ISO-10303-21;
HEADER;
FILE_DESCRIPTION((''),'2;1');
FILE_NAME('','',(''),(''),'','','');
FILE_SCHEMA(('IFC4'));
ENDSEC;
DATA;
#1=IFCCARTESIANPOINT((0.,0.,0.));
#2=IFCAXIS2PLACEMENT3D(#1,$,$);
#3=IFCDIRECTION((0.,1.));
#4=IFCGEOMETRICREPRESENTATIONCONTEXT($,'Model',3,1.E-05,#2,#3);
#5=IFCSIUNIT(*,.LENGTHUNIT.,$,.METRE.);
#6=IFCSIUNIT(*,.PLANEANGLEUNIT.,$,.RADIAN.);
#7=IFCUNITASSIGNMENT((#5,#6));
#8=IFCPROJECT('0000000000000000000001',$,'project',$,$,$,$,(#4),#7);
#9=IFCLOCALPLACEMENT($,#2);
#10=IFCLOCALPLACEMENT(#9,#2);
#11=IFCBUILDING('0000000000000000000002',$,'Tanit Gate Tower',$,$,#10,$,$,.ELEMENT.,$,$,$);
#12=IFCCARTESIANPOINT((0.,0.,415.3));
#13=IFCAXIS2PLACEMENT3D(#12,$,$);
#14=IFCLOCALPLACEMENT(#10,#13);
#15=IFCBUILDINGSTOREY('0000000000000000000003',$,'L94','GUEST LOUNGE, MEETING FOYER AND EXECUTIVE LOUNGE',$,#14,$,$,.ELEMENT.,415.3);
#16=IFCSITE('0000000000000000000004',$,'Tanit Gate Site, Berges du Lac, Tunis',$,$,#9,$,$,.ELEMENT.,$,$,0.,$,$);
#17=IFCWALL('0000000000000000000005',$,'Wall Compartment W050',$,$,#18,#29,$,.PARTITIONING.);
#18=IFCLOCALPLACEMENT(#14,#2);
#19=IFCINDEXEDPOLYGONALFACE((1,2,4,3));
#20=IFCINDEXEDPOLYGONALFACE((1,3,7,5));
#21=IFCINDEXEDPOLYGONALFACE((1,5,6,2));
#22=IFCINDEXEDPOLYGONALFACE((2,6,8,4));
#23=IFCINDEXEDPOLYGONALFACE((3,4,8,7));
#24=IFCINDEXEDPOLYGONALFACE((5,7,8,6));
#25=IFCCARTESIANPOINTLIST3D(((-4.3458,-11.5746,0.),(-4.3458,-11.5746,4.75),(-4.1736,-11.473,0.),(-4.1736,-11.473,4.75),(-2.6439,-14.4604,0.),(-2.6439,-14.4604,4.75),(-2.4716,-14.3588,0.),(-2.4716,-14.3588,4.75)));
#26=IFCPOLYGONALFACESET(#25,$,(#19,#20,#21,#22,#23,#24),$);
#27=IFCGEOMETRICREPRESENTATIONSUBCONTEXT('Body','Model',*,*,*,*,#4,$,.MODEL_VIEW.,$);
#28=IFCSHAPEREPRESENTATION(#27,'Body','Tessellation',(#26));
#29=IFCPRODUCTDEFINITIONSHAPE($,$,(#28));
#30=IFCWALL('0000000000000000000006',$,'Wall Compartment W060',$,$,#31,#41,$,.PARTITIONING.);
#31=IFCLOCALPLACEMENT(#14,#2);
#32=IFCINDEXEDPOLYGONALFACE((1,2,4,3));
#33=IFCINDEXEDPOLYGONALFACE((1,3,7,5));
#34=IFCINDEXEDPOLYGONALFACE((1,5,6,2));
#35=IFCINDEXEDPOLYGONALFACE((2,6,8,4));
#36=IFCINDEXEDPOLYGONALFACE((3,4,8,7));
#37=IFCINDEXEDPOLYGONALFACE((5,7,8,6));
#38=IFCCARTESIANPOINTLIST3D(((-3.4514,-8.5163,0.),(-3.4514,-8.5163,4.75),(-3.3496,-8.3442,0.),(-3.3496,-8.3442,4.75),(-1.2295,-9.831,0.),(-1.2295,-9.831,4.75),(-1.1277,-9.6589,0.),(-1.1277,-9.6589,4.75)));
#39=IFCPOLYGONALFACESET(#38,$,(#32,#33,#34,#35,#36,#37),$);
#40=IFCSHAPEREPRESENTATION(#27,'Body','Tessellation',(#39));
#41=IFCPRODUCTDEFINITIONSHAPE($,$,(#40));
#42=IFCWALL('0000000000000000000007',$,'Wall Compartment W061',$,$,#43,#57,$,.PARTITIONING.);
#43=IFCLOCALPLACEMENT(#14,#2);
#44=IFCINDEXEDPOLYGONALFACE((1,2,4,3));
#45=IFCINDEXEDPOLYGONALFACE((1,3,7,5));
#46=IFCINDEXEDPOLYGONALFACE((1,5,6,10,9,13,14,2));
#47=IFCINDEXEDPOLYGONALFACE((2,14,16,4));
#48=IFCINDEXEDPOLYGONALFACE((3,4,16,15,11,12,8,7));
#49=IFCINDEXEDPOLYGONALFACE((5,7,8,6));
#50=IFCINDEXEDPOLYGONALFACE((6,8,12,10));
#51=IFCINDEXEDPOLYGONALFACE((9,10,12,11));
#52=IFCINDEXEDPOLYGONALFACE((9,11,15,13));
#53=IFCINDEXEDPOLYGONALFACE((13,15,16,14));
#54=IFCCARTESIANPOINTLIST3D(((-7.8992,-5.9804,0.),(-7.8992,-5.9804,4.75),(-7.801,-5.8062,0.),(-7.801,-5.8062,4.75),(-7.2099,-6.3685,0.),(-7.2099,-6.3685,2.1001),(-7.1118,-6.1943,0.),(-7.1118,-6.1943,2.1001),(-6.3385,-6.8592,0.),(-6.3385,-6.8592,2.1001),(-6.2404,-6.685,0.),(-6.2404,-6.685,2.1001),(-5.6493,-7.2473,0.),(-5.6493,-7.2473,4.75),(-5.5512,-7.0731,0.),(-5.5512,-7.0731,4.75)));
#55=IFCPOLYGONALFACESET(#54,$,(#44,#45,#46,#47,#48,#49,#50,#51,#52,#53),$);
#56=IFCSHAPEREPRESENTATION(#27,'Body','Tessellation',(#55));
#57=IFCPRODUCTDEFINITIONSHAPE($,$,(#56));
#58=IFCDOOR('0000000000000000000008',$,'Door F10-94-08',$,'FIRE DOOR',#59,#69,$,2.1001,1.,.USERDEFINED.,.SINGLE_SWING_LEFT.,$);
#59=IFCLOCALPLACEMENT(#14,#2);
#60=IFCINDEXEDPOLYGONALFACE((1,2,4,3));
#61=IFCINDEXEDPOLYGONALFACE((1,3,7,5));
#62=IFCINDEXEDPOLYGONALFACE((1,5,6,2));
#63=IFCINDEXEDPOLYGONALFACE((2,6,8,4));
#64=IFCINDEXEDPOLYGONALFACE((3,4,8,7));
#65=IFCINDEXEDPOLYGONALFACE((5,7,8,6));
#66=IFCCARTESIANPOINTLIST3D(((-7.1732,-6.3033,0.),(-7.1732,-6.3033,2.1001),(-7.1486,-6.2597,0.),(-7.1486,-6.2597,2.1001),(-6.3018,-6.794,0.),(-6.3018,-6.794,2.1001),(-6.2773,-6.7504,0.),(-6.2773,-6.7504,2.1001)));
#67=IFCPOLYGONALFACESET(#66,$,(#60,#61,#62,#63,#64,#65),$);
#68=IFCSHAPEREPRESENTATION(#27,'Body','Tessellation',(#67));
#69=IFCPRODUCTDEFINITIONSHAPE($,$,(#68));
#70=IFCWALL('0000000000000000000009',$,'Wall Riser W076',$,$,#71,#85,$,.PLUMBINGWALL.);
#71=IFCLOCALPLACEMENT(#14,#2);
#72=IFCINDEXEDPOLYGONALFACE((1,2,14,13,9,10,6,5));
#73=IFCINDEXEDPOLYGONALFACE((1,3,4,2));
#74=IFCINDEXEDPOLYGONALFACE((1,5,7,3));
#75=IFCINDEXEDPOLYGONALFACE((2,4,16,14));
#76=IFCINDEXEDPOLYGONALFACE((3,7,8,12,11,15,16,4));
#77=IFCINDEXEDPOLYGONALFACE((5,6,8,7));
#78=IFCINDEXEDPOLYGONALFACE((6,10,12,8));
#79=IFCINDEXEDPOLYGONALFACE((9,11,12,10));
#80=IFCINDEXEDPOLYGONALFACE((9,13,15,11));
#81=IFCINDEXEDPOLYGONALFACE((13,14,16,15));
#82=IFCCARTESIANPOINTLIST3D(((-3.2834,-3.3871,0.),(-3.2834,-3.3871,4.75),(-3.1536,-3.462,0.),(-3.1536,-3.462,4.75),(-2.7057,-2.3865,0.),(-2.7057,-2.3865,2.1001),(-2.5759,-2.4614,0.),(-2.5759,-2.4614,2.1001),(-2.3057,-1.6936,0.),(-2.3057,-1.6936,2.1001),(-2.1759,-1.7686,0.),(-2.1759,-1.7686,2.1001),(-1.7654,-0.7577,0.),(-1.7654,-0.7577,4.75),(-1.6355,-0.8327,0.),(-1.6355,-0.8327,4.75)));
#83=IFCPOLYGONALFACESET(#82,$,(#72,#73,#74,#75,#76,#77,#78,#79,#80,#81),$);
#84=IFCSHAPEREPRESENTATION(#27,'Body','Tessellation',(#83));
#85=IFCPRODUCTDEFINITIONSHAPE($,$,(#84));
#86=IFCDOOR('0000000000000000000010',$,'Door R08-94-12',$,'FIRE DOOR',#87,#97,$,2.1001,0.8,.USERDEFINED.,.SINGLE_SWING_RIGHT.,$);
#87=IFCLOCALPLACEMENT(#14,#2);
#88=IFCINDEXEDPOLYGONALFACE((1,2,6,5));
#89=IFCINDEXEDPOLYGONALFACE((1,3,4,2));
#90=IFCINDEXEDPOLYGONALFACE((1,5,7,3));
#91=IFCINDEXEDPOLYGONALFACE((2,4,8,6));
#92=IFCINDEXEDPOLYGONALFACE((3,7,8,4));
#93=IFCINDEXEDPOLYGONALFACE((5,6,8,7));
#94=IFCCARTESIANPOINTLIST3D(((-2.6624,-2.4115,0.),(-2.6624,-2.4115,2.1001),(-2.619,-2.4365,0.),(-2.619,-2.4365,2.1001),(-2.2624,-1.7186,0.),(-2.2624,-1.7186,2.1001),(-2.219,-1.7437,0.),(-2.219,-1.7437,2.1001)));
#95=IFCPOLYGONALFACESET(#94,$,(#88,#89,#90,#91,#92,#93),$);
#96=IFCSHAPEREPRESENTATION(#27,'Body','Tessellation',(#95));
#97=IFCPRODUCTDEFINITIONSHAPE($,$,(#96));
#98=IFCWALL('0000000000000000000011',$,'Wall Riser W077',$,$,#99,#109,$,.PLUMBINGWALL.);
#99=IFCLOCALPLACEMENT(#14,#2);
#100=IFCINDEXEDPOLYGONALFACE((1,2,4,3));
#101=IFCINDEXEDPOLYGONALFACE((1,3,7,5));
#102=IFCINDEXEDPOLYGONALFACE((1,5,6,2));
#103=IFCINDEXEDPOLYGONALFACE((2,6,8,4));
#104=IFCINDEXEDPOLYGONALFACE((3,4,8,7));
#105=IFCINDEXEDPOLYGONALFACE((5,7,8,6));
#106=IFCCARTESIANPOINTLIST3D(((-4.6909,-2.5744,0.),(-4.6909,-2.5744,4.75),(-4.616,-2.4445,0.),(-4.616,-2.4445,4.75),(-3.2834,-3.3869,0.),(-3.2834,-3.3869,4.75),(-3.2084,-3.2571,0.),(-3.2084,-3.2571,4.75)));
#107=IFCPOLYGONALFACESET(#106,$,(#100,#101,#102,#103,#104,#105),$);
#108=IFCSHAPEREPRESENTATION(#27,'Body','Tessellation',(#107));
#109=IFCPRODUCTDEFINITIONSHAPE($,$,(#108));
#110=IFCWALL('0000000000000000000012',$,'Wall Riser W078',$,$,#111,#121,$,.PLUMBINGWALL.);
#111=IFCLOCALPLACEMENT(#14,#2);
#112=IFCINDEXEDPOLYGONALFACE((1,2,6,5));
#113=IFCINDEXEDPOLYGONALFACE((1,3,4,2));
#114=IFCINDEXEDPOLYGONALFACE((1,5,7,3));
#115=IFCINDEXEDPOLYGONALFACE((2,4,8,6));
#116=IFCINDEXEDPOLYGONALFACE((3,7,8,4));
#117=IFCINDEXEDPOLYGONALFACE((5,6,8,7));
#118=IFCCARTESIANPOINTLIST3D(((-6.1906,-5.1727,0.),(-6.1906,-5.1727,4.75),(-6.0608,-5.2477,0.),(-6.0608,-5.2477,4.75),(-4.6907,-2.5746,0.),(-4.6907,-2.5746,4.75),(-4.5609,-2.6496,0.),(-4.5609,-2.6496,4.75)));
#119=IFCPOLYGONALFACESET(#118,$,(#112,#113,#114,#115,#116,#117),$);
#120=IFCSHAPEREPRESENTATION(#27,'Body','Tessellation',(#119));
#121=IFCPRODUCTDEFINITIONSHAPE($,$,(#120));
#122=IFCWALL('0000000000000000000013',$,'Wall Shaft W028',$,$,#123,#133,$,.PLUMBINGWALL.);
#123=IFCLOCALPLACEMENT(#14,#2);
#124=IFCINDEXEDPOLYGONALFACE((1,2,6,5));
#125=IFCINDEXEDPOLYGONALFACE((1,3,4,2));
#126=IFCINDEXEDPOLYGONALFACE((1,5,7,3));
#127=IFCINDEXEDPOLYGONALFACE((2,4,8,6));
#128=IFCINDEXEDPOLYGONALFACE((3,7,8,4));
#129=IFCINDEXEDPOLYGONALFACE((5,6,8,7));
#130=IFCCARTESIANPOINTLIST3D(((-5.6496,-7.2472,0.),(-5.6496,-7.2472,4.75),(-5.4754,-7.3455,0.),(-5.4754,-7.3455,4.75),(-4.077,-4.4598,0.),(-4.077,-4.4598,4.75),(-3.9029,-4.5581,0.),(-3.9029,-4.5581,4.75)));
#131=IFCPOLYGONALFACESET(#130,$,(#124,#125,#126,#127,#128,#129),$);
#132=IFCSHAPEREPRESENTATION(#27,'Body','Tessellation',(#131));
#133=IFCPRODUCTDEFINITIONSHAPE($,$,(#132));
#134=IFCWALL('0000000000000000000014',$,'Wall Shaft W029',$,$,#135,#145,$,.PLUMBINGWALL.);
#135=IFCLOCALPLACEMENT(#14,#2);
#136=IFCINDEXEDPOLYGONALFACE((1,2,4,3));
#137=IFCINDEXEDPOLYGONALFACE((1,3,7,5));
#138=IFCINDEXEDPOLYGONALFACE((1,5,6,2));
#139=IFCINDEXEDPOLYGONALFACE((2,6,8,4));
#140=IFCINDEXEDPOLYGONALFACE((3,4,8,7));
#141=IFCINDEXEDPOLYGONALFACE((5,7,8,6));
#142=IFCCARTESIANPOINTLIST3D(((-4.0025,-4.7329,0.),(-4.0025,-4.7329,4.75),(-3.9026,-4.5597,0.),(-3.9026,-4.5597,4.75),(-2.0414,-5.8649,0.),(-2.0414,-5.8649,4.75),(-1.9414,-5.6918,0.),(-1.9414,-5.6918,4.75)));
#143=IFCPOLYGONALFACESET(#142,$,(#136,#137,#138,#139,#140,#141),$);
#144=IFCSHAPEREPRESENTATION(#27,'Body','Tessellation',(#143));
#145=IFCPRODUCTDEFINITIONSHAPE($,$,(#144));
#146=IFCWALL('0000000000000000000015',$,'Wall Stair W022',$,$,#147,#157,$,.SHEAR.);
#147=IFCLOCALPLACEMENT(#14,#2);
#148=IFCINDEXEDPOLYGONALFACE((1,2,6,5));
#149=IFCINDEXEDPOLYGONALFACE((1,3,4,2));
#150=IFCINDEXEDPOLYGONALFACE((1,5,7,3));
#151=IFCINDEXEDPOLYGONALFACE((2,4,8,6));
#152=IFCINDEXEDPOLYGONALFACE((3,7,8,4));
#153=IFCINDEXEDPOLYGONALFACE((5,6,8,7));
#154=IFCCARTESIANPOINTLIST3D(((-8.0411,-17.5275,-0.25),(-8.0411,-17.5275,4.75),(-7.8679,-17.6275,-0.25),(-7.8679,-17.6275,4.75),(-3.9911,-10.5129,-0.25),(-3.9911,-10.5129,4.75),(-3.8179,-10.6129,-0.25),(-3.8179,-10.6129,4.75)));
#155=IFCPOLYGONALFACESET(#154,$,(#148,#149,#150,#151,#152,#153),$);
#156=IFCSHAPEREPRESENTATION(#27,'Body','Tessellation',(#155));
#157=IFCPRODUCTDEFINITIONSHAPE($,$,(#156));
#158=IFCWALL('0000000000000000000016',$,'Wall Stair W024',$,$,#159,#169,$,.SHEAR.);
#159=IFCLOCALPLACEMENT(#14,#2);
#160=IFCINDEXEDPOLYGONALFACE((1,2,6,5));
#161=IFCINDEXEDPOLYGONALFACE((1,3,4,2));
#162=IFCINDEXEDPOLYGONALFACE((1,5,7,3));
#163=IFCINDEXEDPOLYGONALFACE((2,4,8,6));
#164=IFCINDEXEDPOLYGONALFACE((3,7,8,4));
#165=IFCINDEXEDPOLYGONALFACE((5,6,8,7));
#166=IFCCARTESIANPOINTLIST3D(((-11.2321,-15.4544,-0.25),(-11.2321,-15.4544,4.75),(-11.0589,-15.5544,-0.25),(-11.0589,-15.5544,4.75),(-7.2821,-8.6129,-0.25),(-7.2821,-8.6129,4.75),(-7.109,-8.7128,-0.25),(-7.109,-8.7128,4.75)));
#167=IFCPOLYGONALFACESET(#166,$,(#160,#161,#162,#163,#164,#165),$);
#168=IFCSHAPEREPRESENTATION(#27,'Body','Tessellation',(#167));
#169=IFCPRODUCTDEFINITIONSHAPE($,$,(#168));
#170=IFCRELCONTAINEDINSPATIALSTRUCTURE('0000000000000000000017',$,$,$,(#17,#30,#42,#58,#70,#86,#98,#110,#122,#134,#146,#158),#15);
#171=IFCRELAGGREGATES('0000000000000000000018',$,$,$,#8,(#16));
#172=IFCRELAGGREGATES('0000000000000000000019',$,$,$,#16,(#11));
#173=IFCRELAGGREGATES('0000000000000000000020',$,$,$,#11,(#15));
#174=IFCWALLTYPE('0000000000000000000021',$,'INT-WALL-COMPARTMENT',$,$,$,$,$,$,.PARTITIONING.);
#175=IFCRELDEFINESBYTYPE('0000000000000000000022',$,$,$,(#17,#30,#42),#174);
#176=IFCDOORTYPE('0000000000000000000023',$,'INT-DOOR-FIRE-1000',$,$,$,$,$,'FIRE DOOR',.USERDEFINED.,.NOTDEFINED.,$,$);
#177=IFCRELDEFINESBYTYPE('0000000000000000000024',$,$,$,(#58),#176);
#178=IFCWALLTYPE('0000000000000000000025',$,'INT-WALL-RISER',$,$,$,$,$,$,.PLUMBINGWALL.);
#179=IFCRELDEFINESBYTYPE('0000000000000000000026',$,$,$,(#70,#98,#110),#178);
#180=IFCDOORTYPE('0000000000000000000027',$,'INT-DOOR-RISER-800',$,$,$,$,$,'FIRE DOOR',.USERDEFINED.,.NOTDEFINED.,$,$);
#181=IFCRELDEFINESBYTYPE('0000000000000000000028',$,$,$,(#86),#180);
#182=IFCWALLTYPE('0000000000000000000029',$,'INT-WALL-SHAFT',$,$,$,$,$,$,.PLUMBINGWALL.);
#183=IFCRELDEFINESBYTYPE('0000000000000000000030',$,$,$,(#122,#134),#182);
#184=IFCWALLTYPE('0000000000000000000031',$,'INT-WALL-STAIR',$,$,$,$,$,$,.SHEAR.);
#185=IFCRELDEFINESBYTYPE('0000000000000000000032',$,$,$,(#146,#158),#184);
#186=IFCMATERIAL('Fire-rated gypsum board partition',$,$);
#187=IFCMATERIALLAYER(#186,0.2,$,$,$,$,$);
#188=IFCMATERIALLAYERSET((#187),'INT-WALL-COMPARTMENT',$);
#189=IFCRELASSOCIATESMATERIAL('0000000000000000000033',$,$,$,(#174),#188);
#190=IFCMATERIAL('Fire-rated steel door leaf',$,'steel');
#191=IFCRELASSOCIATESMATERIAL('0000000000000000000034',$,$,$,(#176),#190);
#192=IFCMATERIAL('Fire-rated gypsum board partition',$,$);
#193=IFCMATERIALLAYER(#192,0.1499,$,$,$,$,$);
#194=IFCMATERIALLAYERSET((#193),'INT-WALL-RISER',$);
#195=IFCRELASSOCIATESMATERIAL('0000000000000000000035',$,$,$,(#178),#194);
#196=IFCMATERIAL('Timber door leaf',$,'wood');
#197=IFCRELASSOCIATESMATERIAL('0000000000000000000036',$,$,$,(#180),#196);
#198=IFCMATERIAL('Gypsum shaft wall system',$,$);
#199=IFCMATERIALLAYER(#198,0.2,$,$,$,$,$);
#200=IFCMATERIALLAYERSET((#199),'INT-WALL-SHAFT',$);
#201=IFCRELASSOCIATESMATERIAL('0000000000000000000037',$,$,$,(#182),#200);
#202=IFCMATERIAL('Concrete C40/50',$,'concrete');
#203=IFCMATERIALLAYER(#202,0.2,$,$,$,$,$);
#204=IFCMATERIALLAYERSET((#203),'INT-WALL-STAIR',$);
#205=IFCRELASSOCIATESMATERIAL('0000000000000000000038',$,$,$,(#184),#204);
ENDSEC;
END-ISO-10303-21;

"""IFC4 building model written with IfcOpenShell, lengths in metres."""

from ifc_helpers import new_model, si_unit, direction, frame, frame_2d, origin, place, context, subcontext, project, spatial, rectangle, extrude, material, layer, layer_set, type_object, element, fill, save


model = new_model("IFC4")

# Units and contexts
model_context = context("Model", 3, precision=1e-05, world=origin(), true_north=direction((0.0, 1.0)))
body_context = subcontext(model_context, "Body", "Model", "MODEL_VIEW")
ifc_project = project(units=[si_unit("LENGTHUNIT", "METRE"), si_unit("PLANEANGLEUNIT", "RADIAN")], contexts=[model_context])

# Site, building, storey
site_placement = place(None, origin())
site = spatial("IfcSite", under=ifc_project, at=site_placement, Name="Tanit Gate Site, Berges du Lac, Tunis", CompositionType="ELEMENT", RefElevation=0.0)
building_placement = place(site_placement, origin())
building = spatial("IfcBuilding", under=site, at=building_placement, Name="Tanit Gate Tower", CompositionType="ELEMENT")
storey_placement = place(building_placement, frame((0.0, 0.0, 415.3)))
storey = spatial("IfcBuildingStorey", under=building, at=storey_placement, Name="L94", Description="GUEST LOUNGE, MEETING FOYER AND EXECUTIVE LOUNGE", CompositionType="ELEMENT", Elevation=415.3)

# Walls
ifc_material_1 = material(Name="Fire-rated gypsum board partition")
ifc_layer_1 = layer(ifc_material_1, 0.2)
ifc_layer_set_1 = layer_set([ifc_layer_1], Name="INT-WALL-COMPARTMENT")
wall_type_1 = type_object("IfcWallType", Name="INT-WALL-COMPARTMENT", PredefinedType="PARTITIONING", material=ifc_layer_set_1)
wall_1_placement = place(storey_placement, frame((-4.2598, -11.5237, 0.0), z_axis=(0.0, 0.0, 1.0), x_axis=(0.507997, -0.861359, 0.0)))
element("IfcWall", 1, at=wall_1_placement, inside=storey, type_object=wall_type_1, Name="Wall Compartment W050", PredefinedType="PARTITIONING", context=body_context, shape_type="SweptSolid", body=[
    extrude(rectangle(XDim=3.3503, YDim=0.2, at=frame_2d((1.6753, 0.0))), origin(), (0.0, 0.0, 1.0), 4.75),
])
wall_2_placement = place(storey_placement, frame((-3.4006, -8.4302, 0.0), z_axis=(0.0, 0.0, 1.0), x_axis=(0.860631, -0.509229, 0.0)))
element("IfcWall", 2, at=wall_2_placement, inside=storey, type_object=wall_type_1, Name="Wall Compartment W060", PredefinedType="PARTITIONING", context=body_context, shape_type="SweptSolid", body=[
    extrude(rectangle(XDim=2.5818, YDim=0.2, at=frame_2d((1.291, 0.0))), origin(), (0.0, 0.0, 1.0), 4.75),
])

# Walls, openings, doors
wall_3_placement = place(storey_placement, frame((-7.8501, -5.8933, 0.0), z_axis=(0.0, 0.0, 1.0), x_axis=(0.871351, -0.490661, 0.0)))
wall_3 = element("IfcWall", 3, at=wall_3_placement, inside=storey, type_object=wall_type_1, Name="Wall Compartment W061", PredefinedType="PARTITIONING", context=body_context, shape_type="SweptSolid", body=[
    extrude(rectangle(XDim=2.582, YDim=0.2, at=frame_2d((1.291, 0.0))), origin(), (0.0, 0.0, 1.0), 4.75),
])
opening_1_placement = place(wall_3_placement, frame((0.791, 0.0, 0.0)))
opening_1 = element("IfcOpeningElement", 4, at=opening_1_placement, cuts=wall_3, PredefinedType="OPENING", context=body_context, shape_type="SweptSolid", body=[
    extrude(rectangle(XDim=1.0, YDim=2.1001, at=frame_2d((0.5, 1.05))), frame((0.0, 0.1099, 0.0), z_axis=(0.0, -1.0, 0.0), x_axis=(1.0, 0.0, 0.0)), (0.0, 0.0, 1.0), 0.22),
])
ifc_material_2 = material(Name="Fire-rated steel door leaf", Category="steel")
door_type_1 = type_object("IfcDoorType", Name="INT-DOOR-FIRE-1000", ElementType="FIRE DOOR", OperationType="NOTDEFINED", PredefinedType="USERDEFINED", material=ifc_material_2)
door_1_placement = place(opening_1_placement, origin())
door_1 = element("IfcDoor", 5, at=door_1_placement, inside=storey, type_object=door_type_1, Name="Door F10-94-08", ObjectType="FIRE DOOR", OperationType="SINGLE_SWING_LEFT", OverallHeight=2.1001, OverallWidth=1.0, PredefinedType="USERDEFINED", context=body_context, shape_type="SweptSolid", body=[
    extrude(rectangle(XDim=1.0, YDim=2.1001, at=frame_2d((0.5, 1.05))), frame((0.0, 0.0249, 0.0), z_axis=(0.0, -1.0, 0.0), x_axis=(1.0, 0.0, 0.0)), (0.0, 0.0, 1.0), 0.05),
])
fill(opening_1, door_1)
ifc_material_3 = material(Name="Fire-rated gypsum board partition")
ifc_layer_2 = layer(ifc_material_3, 0.1499)
ifc_layer_set_2 = layer_set([ifc_layer_2], Name="INT-WALL-RISER")
wall_type_2 = type_object("IfcWallType", Name="INT-WALL-RISER", PredefinedType="PLUMBINGWALL", material=ifc_layer_set_2)
wall_4_placement = place(storey_placement, frame((-3.2185, -3.4246, 0.0), z_axis=(0.0, 0.0, 1.0), x_axis=(0.499996, 0.866028, 0.0)))
wall_4 = element("IfcWall", 6, at=wall_4_placement, inside=storey, type_object=wall_type_2, Name="Wall Riser W076", PredefinedType="PLUMBINGWALL", context=body_context, shape_type="SweptSolid", body=[
    extrude(rectangle(XDim=3.0361, YDim=0.1499, at=frame_2d((1.5181, 0.0))), origin(), (0.0, 0.0, 1.0), 4.75),
])
opening_2_placement = place(wall_4_placement, frame((1.1555, 0.0, 0.0)))
opening_2 = element("IfcOpeningElement", 7, at=opening_2_placement, cuts=wall_4, PredefinedType="OPENING", context=body_context, shape_type="SweptSolid", body=[
    extrude(rectangle(XDim=0.8, YDim=2.1001, at=frame_2d((0.3999, 1.05))), frame((0.0, 0.085, 0.0), z_axis=(0.0, -1.0, 0.0), x_axis=(1.0, 0.0, 0.0)), (0.0, 0.0, 1.0), 0.1699),
])
ifc_material_4 = material(Name="Timber door leaf", Category="wood")
door_type_2 = type_object("IfcDoorType", Name="INT-DOOR-RISER-800", ElementType="FIRE DOOR", OperationType="NOTDEFINED", PredefinedType="USERDEFINED", material=ifc_material_4)
door_2_placement = place(opening_2_placement, origin())
door_2 = element("IfcDoor", 8, at=door_2_placement, inside=storey, type_object=door_type_2, Name="Door R08-94-12", ObjectType="FIRE DOOR", OperationType="SINGLE_SWING_RIGHT", OverallHeight=2.1001, OverallWidth=0.8, PredefinedType="USERDEFINED", context=body_context, shape_type="SweptSolid", body=[
    extrude(rectangle(XDim=0.8, YDim=2.1001, at=frame_2d((0.3999, 1.05))), frame((0.0, 0.0249, 0.0), z_axis=(0.0, -1.0, 0.0), x_axis=(1.0, 0.0, 0.0)), (0.0, 0.0, 1.0), 0.05),
])
fill(opening_2, door_2)

# Walls
wall_5_placement = place(storey_placement, frame((-4.6533, -2.5095, 0.0), z_axis=(0.0, 0.0, 1.0), x_axis=(0.866053, -0.499952, 0.0)))
element("IfcWall", 9, at=wall_5_placement, inside=storey, type_object=wall_type_2, Name="Wall Riser W077", PredefinedType="PLUMBINGWALL", context=body_context, shape_type="SweptSolid", body=[
    extrude(rectangle(XDim=1.6252, YDim=0.1499, at=frame_2d((0.8125, 0.0))), origin(), (0.0, 0.0, 1.0), 4.75),
])
wall_6_placement = place(storey_placement, frame((-6.1257, -5.2102, 0.0), z_axis=(0.0, 0.0, 1.0), x_axis=(0.49999, 0.866031, 0.0)))
element("IfcWall", 10, at=wall_6_placement, inside=storey, type_object=wall_type_2, Name="Wall Riser W078", PredefinedType="PLUMBINGWALL", context=body_context, shape_type="SweptSolid", body=[
    extrude(rectangle(XDim=3.0, YDim=0.1499, at=frame_2d((1.5, 0.0))), origin(), (0.0, 0.0, 1.0), 4.75),
])

# Shared definitions
ifc_material_5 = material(Name="Gypsum shaft wall system")
ifc_layer_3 = layer(ifc_material_5, 0.2)
ifc_layer_set_3 = layer_set([ifc_layer_3], Name="INT-WALL-SHAFT")
wall_type_3 = type_object("IfcWallType", Name="INT-WALL-SHAFT", PredefinedType="PLUMBINGWALL", material=ifc_layer_set_3)

# Walls
wall_7_placement = place(storey_placement, frame((-3.99, -4.509, 0.0), z_axis=(0.0, 0.0, 1.0), x_axis=(-0.491358, -0.870958, 0.0)))
element("IfcWall", 11, at=wall_7_placement, inside=storey, type_object=wall_type_3, Name="Wall Shaft W028", PredefinedType="PLUMBINGWALL", context=body_context, shape_type="SweptSolid", body=[
    extrude(rectangle(XDim=3.2004, YDim=0.2, at=frame_2d((1.6001, 0.0))), origin(), (0.0, 0.0, 1.0), 4.75),
])
wall_8_placement = place(storey_placement, frame((-3.9526, -4.6462, 0.0), z_axis=(0.0, 0.0, 1.0), x_axis=(0.866065, -0.499931, 0.0)))
element("IfcWall", 12, at=wall_8_placement, inside=storey, type_object=wall_type_3, Name="Wall Shaft W029", PredefinedType="PLUMBINGWALL", context=body_context, shape_type="SweptSolid", body=[
    extrude(rectangle(XDim=2.2644, YDim=0.2, at=frame_2d((1.1323, 0.0))), origin(), (0.0, 0.0, 1.0), 4.75),
])
ifc_material_6 = material(Name="Concrete C40/50", Category="concrete")
ifc_layer_4 = layer(ifc_material_6, 0.2)
ifc_layer_set_4 = layer_set([ifc_layer_4], Name="INT-WALL-STAIR")
wall_type_4 = type_object("IfcWallType", Name="INT-WALL-STAIR", PredefinedType="SHEAR", material=ifc_layer_set_4)
wall_9_placement = place(storey_placement, frame((-3.9045, -10.563, -0.25), z_axis=(0.0, 0.0, 1.0), x_axis=(-0.500013, -0.866018, 0.0)))
element("IfcWall", 13, at=wall_9_placement, inside=storey, type_object=wall_type_4, Name="Wall Stair W022", PredefinedType="SHEAR", context=body_context, shape_type="SweptSolid", body=[
    extrude(rectangle(XDim=8.0999, YDim=0.2, at=frame_2d((4.0498, 0.0))), origin(), (0.0, 0.0, 1.0), 5.0),
])
wall_10_placement = place(storey_placement, frame((-7.1956, -8.6628, -0.25), z_axis=(0.0, 0.0, 1.0), x_axis=(-0.499998, -0.866027, 0.0)))
element("IfcWall", 14, at=wall_10_placement, inside=storey, type_object=wall_type_4, Name="Wall Stair W024", PredefinedType="SHEAR", context=body_context, shape_type="SweptSolid", body=[
    extrude(rectangle(XDim=7.8999, YDim=0.2, at=frame_2d((3.95, 0.0))), origin(), (0.0, 0.0, 1.0), 5.0),
])

save(model, "model.ifc")
